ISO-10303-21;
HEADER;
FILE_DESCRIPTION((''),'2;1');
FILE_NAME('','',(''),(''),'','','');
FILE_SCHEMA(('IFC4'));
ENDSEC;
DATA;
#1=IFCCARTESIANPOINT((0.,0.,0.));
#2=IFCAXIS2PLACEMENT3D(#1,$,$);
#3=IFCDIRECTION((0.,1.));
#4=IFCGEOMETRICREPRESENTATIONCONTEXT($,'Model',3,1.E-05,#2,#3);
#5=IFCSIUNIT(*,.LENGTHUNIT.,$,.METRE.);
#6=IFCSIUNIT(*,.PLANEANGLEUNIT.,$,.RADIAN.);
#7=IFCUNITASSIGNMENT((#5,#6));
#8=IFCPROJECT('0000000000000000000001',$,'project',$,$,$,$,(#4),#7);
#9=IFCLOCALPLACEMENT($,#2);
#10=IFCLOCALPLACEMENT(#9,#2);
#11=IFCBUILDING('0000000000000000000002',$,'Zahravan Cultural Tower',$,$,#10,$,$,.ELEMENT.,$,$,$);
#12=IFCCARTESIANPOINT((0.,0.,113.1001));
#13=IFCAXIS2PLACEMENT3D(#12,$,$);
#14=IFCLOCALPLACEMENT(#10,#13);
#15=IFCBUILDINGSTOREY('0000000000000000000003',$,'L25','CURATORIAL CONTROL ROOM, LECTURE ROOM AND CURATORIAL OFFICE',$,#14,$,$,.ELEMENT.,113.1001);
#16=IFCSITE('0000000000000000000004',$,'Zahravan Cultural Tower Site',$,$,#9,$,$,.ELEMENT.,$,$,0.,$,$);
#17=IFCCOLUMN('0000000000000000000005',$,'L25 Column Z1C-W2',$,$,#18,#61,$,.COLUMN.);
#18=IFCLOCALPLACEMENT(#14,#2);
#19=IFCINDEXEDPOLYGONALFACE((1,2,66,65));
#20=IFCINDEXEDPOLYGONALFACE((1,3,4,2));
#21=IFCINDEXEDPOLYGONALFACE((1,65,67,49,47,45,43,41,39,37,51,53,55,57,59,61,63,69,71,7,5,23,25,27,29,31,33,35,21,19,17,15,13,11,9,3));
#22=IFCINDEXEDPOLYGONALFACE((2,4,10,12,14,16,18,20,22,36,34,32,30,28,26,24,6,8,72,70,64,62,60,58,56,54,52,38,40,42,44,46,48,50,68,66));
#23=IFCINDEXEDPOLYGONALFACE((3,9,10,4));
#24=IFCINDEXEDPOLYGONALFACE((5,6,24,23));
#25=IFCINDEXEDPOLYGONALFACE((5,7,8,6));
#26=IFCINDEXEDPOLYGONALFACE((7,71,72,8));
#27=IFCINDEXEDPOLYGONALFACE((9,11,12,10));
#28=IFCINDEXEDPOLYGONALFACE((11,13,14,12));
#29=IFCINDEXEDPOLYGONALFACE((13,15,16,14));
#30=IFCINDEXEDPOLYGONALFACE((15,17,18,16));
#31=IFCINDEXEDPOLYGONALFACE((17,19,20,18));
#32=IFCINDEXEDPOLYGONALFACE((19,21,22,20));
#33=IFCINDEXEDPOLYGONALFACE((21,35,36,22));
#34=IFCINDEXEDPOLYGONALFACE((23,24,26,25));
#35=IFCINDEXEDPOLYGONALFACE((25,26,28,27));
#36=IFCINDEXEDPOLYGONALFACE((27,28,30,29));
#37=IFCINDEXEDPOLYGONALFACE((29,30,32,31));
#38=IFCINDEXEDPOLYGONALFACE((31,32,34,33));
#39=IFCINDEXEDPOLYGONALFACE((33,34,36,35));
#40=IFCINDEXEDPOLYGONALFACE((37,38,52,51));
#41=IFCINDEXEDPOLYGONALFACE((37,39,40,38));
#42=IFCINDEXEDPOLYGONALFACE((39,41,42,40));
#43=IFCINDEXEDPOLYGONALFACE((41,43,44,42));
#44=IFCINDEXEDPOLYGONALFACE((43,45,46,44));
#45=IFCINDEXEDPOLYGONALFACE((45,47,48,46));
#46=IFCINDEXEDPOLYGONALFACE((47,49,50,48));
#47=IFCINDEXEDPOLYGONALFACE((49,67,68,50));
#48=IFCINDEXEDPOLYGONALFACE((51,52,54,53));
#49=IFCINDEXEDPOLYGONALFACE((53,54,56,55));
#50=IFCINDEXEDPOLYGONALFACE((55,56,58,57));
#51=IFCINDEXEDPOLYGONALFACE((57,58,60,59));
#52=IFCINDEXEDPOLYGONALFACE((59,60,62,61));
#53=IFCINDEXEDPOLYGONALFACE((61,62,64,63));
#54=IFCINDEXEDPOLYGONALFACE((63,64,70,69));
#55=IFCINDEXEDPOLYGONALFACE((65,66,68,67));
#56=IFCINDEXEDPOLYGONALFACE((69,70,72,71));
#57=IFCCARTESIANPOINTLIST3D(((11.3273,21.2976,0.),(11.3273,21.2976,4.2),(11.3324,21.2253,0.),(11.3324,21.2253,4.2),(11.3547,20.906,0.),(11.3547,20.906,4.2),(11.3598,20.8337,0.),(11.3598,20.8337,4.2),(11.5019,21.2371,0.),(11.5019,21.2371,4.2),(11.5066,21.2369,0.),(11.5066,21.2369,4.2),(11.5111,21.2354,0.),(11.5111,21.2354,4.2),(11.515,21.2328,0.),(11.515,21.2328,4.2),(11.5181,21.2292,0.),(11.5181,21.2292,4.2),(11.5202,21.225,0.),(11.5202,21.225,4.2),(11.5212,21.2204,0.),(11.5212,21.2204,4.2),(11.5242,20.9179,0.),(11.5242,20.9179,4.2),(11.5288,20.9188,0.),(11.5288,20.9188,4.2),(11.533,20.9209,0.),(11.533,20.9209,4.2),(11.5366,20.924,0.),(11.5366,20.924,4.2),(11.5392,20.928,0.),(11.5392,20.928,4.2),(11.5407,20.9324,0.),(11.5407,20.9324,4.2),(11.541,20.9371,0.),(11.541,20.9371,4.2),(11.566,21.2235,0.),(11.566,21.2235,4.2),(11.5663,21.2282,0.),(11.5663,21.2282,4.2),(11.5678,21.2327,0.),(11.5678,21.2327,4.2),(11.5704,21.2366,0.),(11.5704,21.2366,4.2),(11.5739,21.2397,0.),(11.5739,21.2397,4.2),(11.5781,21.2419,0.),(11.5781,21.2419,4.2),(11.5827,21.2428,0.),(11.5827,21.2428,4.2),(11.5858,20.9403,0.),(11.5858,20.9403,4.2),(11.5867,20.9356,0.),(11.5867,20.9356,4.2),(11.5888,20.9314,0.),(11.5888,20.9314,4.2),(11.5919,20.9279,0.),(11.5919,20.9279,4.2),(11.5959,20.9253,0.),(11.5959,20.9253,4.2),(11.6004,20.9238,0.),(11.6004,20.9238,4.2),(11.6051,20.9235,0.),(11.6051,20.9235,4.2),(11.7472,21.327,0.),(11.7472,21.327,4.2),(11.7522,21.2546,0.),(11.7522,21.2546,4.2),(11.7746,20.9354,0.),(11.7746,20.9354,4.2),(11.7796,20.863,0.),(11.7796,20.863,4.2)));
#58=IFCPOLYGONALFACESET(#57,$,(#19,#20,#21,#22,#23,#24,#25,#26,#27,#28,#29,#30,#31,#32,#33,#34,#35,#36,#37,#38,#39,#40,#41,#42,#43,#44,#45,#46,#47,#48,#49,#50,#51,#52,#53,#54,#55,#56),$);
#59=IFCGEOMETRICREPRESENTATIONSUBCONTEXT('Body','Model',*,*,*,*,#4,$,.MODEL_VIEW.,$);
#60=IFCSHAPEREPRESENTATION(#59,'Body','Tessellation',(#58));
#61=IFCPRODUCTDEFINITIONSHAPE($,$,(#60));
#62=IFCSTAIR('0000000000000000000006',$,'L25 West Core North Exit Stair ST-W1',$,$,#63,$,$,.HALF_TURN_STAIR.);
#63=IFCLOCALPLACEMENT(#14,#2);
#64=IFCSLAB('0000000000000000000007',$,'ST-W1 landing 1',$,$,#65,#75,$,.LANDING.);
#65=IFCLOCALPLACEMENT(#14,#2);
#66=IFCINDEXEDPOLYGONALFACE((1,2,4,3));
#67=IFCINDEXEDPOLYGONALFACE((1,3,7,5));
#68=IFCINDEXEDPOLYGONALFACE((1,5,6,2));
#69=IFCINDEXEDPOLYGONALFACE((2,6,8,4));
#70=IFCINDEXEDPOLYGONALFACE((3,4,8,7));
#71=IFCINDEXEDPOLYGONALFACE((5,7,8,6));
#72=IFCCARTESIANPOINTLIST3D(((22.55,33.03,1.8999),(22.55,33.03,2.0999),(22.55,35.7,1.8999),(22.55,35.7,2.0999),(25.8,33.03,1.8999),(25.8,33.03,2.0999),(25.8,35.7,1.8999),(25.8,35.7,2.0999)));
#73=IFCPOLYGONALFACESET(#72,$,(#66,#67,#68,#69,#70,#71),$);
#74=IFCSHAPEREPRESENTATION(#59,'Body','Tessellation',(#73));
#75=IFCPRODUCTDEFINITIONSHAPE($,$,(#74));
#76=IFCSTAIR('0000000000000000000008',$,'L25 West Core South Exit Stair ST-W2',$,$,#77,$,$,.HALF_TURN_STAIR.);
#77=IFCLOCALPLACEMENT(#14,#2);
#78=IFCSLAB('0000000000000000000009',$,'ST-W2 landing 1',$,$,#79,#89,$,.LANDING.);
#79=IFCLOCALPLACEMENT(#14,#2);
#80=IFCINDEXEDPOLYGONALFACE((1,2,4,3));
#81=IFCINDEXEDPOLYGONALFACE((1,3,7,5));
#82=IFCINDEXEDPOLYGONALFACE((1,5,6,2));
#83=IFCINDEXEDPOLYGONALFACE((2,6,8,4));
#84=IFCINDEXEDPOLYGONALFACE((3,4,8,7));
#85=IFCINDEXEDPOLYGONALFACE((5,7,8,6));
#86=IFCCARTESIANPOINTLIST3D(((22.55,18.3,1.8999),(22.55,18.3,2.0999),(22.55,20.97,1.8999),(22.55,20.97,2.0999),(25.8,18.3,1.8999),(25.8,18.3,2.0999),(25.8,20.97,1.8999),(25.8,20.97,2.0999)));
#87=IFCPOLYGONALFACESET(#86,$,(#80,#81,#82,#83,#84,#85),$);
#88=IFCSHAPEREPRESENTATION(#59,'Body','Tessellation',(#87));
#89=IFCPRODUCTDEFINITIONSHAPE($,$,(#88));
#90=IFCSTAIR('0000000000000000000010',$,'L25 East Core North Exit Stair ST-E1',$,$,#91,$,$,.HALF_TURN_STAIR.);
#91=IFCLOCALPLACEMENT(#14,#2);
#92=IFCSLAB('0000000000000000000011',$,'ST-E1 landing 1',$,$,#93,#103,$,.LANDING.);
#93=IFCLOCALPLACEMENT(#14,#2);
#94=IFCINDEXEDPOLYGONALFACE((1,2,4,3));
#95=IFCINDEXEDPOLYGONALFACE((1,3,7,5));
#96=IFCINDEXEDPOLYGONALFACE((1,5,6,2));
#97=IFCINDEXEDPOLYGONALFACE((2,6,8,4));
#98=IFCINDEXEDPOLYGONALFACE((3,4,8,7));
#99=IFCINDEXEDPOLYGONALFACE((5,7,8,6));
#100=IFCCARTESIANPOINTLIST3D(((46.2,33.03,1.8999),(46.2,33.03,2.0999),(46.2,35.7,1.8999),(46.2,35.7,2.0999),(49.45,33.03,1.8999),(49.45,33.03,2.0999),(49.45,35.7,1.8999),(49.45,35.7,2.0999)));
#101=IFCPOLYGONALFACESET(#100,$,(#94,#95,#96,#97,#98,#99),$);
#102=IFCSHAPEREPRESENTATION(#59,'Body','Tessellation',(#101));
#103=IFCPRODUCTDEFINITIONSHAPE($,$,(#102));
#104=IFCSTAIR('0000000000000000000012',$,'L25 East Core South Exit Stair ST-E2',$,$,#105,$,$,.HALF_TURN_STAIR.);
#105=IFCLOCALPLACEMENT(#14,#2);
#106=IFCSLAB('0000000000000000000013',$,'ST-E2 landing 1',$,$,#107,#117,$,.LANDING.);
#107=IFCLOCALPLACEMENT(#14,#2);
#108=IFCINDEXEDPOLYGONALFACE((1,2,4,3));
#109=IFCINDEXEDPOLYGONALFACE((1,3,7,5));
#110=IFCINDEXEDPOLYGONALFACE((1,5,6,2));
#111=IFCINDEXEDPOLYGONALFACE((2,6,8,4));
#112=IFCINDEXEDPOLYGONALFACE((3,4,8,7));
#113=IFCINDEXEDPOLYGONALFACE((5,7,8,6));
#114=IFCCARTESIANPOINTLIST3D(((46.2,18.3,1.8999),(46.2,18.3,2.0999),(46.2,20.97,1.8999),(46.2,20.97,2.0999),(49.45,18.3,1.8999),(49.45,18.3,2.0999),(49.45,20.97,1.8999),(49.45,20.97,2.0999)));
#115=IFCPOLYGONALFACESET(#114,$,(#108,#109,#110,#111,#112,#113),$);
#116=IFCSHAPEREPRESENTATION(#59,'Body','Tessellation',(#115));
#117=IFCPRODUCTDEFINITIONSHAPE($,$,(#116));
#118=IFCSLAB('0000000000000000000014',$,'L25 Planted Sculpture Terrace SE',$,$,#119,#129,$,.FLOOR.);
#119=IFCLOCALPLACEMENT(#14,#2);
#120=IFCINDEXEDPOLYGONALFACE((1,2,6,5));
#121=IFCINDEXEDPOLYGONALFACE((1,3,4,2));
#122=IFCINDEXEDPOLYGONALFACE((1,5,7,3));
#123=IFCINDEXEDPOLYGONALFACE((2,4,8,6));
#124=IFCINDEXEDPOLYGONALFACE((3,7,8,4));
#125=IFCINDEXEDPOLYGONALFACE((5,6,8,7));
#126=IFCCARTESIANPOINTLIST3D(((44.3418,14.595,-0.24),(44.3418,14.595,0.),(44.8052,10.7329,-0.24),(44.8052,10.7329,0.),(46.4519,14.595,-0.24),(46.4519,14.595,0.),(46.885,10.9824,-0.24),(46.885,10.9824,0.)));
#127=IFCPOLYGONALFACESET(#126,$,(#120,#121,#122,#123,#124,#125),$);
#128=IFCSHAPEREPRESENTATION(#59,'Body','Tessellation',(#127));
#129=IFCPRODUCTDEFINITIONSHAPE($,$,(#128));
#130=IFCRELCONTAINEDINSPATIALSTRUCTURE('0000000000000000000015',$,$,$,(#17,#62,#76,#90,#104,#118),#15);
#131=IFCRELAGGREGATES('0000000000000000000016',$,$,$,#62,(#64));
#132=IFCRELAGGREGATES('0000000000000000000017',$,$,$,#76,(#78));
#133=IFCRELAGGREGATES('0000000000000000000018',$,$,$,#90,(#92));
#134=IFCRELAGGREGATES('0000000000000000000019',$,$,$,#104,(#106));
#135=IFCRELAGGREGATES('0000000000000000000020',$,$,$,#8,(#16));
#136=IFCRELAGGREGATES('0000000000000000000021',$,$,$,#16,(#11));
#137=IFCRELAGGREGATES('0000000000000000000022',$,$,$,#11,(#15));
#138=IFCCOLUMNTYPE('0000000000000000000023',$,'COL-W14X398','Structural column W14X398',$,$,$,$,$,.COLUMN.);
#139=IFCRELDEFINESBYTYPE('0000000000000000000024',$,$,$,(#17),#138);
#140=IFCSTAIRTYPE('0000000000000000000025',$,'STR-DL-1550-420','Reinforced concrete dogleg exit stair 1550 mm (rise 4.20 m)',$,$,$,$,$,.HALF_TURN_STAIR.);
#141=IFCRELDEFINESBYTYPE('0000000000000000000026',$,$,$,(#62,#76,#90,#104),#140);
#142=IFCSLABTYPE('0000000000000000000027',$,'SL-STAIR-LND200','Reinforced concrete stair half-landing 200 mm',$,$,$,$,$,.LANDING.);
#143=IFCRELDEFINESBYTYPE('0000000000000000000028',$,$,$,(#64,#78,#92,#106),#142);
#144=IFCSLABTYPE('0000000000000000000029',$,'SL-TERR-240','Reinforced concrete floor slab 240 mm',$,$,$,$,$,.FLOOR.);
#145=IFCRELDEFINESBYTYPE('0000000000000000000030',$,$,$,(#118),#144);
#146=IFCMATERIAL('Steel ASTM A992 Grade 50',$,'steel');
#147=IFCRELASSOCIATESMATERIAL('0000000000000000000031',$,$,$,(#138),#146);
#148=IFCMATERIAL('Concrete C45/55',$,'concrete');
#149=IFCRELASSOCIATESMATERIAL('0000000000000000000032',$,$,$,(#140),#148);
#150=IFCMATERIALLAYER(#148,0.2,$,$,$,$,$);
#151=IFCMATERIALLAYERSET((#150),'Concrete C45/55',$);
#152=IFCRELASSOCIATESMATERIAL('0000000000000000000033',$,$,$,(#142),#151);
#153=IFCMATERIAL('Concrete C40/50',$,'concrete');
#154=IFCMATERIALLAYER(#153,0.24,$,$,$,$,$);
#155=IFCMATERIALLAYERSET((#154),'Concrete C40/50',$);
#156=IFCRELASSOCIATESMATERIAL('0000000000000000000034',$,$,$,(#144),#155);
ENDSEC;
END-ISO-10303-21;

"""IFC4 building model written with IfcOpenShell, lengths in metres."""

from ifc_helpers import new_model, si_unit, direction, frame, origin, origin_2d, place, context, subcontext, project, spatial, polyline, i_section, outline, extrude, source, transform, mapped, material, layer, layer_set, material_profile, profile_set, type_object, element, aggregate, save


model = new_model("IFC4")

# Units and contexts
model_context = context("Model", 3, precision=1e-05, world=origin(), true_north=direction((0.0, 1.0)))
body_context = subcontext(model_context, "Body", "Model", "MODEL_VIEW")
ifc_project = project(units=[si_unit("LENGTHUNIT", "METRE"), si_unit("PLANEANGLEUNIT", "RADIAN")], contexts=[model_context])

# Site, building, storey
site_placement = place(None, origin())
site = spatial("IfcSite", under=ifc_project, at=site_placement, Name="Zahravan Cultural Tower Site", CompositionType="ELEMENT", RefElevation=0.0)
building_placement = place(site_placement, origin())
building = spatial("IfcBuilding", under=site, at=building_placement, Name="Zahravan Cultural Tower", CompositionType="ELEMENT")
storey_placement = place(building_placement, frame((0.0, 0.0, 113.1001)))
storey = spatial("IfcBuildingStorey", under=building, at=storey_placement, Name="L25", Description="CURATORIAL CONTROL ROOM, LECTURE ROOM AND CURATORIAL OFFICE", CompositionType="ELEMENT", Elevation=113.1001)

# Column
ifc_material_1 = material(Name="Steel ASTM A992 Grade 50", Category="steel")
ifc_material_profile = material_profile(ifc_material_1, i_section(OverallWidth=0.4209, OverallDepth=0.4651, WebThickness=0.0449, FlangeThickness=0.0725, FilletRadius=0.0181, at=origin_2d()), Name="W14X398")
ifc_profile_set = profile_set([ifc_material_profile], Name="Steel ASTM A992 Grade 50")
column_type = type_object("IfcColumnType", Name="COL-W14X398", Description="Structural column W14X398", PredefinedType="COLUMN", material=ifc_profile_set)
shared_shape_1 = source(origin(), body_context, "Body", "SweptSolid", [
    extrude(i_section(OverallWidth=0.4209, OverallDepth=0.4651, WebThickness=0.0449, FlangeThickness=0.0725, FilletRadius=0.0181, at=origin_2d()), origin(), (0.0, 0.0, 1.0), 4.2),
])
column_placement = place(storey_placement, frame((11.5535, 21.0803, 0.0), z_axis=(0.0, 0.0, 1.0), x_axis=(0.997564, 0.069756, 0.0)))
element("IfcColumn", 1, at=column_placement, inside=storey, type_object=column_type, Name="L25 Column Z1C-W2", PredefinedType="COLUMN", context=body_context, shape_type="MappedRepresentation", body=[
    mapped(shared_shape_1, transform((0.0, 0.0, 0.0), x_axis=(1.0, 0.0, 0.0), y_axis=(0.0, 1.0, 0.0), z_axis=(0.0, 0.0, 1.0), scale=1.0)),
])

# Stairs, slabs
ifc_material_2 = material(Name="Concrete C45/55", Category="concrete")
stair_type = type_object("IfcStairType", Name="STR-DL-1550-420", Description="Reinforced concrete dogleg exit stair 1550 mm (rise 4.20 m)", PredefinedType="HALF_TURN_STAIR", material=ifc_material_2)
stair_1_placement = place(storey_placement, origin())
stair_1 = element("IfcStair", 2, at=stair_1_placement, inside=storey, type_object=stair_type, Name="L25 West Core North Exit Stair ST-W1", PredefinedType="HALF_TURN_STAIR")
ifc_layer_1 = layer(ifc_material_2, 0.2)
ifc_layer_set_1 = layer_set([ifc_layer_1], Name="Concrete C45/55")
slab_type_1 = type_object("IfcSlabType", Name="SL-STAIR-LND200", Description="Reinforced concrete stair half-landing 200 mm", PredefinedType="LANDING", material=ifc_layer_set_1)
slab_1_placement = place(storey_placement, frame((0.0, 0.0, 1.8999)))
slab_1 = element("IfcSlab", 3, at=slab_1_placement, type_object=slab_type_1, Name="ST-W1 landing 1", PredefinedType="LANDING", context=body_context, shape_type="SweptSolid", body=[
    extrude(outline(polyline([(25.8, 33.03), (25.8, 35.7), (22.55, 35.7), (22.55, 33.03), (25.8, 33.03)])), origin(), (0.0, 0.0, 1.0), 0.2),
])
aggregate(stair_1, [slab_1])
stair_2_placement = place(storey_placement, origin())
stair_2 = element("IfcStair", 4, at=stair_2_placement, inside=storey, type_object=stair_type, Name="L25 West Core South Exit Stair ST-W2", PredefinedType="HALF_TURN_STAIR")
slab_2_placement = place(storey_placement, frame((0.0, 0.0, 1.8999)))
slab_2 = element("IfcSlab", 5, at=slab_2_placement, type_object=slab_type_1, Name="ST-W2 landing 1", PredefinedType="LANDING", context=body_context, shape_type="SweptSolid", body=[
    extrude(outline(polyline([(22.55, 20.97), (22.55, 18.3), (25.8, 18.3), (25.8, 20.97), (22.55, 20.97)])), origin(), (0.0, 0.0, 1.0), 0.2),
])
aggregate(stair_2, [slab_2])
stair_3_placement = place(storey_placement, origin())
stair_3 = element("IfcStair", 6, at=stair_3_placement, inside=storey, type_object=stair_type, Name="L25 East Core North Exit Stair ST-E1", PredefinedType="HALF_TURN_STAIR")
slab_3_placement = place(storey_placement, frame((0.0, 0.0, 1.8999)))
slab_3 = element("IfcSlab", 7, at=slab_3_placement, type_object=slab_type_1, Name="ST-E1 landing 1", PredefinedType="LANDING", context=body_context, shape_type="SweptSolid", body=[
    extrude(outline(polyline([(49.45, 33.03), (49.45, 35.7), (46.2, 35.7), (46.2, 33.03), (49.45, 33.03)])), origin(), (0.0, 0.0, 1.0), 0.2),
])
aggregate(stair_3, [slab_3])
stair_4_placement = place(storey_placement, origin())
stair_4 = element("IfcStair", 8, at=stair_4_placement, inside=storey, type_object=stair_type, Name="L25 East Core South Exit Stair ST-E2", PredefinedType="HALF_TURN_STAIR")
slab_4_placement = place(storey_placement, frame((0.0, 0.0, 1.8999)))
slab_4 = element("IfcSlab", 9, at=slab_4_placement, type_object=slab_type_1, Name="ST-E2 landing 1", PredefinedType="LANDING", context=body_context, shape_type="SweptSolid", body=[
    extrude(outline(polyline([(46.2, 20.97), (46.2, 18.3), (49.45, 18.3), (49.45, 20.97), (46.2, 20.97)])), origin(), (0.0, 0.0, 1.0), 0.2),
])
aggregate(stair_4, [slab_4])

# Slab
ifc_material_3 = material(Name="Concrete C40/50", Category="concrete")
ifc_layer_2 = layer(ifc_material_3, 0.24)
ifc_layer_set_2 = layer_set([ifc_layer_2], Name="Concrete C40/50")
slab_type_2 = type_object("IfcSlabType", Name="SL-TERR-240", Description="Reinforced concrete floor slab 240 mm", PredefinedType="FLOOR", material=ifc_layer_set_2)
slab_5_placement = place(storey_placement, frame((0.0, 0.0, -0.24)))
element("IfcSlab", 10, at=slab_5_placement, inside=storey, type_object=slab_type_2, Name="L25 Planted Sculpture Terrace SE", PredefinedType="FLOOR", context=body_context, shape_type="SweptSolid", body=[
    extrude(outline(polyline([(46.885, 10.9824), (46.4519, 14.595), (44.3418, 14.595), (44.8052, 10.7329), (46.885, 10.9824)])), origin(), (0.0, 0.0, 1.0), 0.24),
])

save(model, "model.ifc")
